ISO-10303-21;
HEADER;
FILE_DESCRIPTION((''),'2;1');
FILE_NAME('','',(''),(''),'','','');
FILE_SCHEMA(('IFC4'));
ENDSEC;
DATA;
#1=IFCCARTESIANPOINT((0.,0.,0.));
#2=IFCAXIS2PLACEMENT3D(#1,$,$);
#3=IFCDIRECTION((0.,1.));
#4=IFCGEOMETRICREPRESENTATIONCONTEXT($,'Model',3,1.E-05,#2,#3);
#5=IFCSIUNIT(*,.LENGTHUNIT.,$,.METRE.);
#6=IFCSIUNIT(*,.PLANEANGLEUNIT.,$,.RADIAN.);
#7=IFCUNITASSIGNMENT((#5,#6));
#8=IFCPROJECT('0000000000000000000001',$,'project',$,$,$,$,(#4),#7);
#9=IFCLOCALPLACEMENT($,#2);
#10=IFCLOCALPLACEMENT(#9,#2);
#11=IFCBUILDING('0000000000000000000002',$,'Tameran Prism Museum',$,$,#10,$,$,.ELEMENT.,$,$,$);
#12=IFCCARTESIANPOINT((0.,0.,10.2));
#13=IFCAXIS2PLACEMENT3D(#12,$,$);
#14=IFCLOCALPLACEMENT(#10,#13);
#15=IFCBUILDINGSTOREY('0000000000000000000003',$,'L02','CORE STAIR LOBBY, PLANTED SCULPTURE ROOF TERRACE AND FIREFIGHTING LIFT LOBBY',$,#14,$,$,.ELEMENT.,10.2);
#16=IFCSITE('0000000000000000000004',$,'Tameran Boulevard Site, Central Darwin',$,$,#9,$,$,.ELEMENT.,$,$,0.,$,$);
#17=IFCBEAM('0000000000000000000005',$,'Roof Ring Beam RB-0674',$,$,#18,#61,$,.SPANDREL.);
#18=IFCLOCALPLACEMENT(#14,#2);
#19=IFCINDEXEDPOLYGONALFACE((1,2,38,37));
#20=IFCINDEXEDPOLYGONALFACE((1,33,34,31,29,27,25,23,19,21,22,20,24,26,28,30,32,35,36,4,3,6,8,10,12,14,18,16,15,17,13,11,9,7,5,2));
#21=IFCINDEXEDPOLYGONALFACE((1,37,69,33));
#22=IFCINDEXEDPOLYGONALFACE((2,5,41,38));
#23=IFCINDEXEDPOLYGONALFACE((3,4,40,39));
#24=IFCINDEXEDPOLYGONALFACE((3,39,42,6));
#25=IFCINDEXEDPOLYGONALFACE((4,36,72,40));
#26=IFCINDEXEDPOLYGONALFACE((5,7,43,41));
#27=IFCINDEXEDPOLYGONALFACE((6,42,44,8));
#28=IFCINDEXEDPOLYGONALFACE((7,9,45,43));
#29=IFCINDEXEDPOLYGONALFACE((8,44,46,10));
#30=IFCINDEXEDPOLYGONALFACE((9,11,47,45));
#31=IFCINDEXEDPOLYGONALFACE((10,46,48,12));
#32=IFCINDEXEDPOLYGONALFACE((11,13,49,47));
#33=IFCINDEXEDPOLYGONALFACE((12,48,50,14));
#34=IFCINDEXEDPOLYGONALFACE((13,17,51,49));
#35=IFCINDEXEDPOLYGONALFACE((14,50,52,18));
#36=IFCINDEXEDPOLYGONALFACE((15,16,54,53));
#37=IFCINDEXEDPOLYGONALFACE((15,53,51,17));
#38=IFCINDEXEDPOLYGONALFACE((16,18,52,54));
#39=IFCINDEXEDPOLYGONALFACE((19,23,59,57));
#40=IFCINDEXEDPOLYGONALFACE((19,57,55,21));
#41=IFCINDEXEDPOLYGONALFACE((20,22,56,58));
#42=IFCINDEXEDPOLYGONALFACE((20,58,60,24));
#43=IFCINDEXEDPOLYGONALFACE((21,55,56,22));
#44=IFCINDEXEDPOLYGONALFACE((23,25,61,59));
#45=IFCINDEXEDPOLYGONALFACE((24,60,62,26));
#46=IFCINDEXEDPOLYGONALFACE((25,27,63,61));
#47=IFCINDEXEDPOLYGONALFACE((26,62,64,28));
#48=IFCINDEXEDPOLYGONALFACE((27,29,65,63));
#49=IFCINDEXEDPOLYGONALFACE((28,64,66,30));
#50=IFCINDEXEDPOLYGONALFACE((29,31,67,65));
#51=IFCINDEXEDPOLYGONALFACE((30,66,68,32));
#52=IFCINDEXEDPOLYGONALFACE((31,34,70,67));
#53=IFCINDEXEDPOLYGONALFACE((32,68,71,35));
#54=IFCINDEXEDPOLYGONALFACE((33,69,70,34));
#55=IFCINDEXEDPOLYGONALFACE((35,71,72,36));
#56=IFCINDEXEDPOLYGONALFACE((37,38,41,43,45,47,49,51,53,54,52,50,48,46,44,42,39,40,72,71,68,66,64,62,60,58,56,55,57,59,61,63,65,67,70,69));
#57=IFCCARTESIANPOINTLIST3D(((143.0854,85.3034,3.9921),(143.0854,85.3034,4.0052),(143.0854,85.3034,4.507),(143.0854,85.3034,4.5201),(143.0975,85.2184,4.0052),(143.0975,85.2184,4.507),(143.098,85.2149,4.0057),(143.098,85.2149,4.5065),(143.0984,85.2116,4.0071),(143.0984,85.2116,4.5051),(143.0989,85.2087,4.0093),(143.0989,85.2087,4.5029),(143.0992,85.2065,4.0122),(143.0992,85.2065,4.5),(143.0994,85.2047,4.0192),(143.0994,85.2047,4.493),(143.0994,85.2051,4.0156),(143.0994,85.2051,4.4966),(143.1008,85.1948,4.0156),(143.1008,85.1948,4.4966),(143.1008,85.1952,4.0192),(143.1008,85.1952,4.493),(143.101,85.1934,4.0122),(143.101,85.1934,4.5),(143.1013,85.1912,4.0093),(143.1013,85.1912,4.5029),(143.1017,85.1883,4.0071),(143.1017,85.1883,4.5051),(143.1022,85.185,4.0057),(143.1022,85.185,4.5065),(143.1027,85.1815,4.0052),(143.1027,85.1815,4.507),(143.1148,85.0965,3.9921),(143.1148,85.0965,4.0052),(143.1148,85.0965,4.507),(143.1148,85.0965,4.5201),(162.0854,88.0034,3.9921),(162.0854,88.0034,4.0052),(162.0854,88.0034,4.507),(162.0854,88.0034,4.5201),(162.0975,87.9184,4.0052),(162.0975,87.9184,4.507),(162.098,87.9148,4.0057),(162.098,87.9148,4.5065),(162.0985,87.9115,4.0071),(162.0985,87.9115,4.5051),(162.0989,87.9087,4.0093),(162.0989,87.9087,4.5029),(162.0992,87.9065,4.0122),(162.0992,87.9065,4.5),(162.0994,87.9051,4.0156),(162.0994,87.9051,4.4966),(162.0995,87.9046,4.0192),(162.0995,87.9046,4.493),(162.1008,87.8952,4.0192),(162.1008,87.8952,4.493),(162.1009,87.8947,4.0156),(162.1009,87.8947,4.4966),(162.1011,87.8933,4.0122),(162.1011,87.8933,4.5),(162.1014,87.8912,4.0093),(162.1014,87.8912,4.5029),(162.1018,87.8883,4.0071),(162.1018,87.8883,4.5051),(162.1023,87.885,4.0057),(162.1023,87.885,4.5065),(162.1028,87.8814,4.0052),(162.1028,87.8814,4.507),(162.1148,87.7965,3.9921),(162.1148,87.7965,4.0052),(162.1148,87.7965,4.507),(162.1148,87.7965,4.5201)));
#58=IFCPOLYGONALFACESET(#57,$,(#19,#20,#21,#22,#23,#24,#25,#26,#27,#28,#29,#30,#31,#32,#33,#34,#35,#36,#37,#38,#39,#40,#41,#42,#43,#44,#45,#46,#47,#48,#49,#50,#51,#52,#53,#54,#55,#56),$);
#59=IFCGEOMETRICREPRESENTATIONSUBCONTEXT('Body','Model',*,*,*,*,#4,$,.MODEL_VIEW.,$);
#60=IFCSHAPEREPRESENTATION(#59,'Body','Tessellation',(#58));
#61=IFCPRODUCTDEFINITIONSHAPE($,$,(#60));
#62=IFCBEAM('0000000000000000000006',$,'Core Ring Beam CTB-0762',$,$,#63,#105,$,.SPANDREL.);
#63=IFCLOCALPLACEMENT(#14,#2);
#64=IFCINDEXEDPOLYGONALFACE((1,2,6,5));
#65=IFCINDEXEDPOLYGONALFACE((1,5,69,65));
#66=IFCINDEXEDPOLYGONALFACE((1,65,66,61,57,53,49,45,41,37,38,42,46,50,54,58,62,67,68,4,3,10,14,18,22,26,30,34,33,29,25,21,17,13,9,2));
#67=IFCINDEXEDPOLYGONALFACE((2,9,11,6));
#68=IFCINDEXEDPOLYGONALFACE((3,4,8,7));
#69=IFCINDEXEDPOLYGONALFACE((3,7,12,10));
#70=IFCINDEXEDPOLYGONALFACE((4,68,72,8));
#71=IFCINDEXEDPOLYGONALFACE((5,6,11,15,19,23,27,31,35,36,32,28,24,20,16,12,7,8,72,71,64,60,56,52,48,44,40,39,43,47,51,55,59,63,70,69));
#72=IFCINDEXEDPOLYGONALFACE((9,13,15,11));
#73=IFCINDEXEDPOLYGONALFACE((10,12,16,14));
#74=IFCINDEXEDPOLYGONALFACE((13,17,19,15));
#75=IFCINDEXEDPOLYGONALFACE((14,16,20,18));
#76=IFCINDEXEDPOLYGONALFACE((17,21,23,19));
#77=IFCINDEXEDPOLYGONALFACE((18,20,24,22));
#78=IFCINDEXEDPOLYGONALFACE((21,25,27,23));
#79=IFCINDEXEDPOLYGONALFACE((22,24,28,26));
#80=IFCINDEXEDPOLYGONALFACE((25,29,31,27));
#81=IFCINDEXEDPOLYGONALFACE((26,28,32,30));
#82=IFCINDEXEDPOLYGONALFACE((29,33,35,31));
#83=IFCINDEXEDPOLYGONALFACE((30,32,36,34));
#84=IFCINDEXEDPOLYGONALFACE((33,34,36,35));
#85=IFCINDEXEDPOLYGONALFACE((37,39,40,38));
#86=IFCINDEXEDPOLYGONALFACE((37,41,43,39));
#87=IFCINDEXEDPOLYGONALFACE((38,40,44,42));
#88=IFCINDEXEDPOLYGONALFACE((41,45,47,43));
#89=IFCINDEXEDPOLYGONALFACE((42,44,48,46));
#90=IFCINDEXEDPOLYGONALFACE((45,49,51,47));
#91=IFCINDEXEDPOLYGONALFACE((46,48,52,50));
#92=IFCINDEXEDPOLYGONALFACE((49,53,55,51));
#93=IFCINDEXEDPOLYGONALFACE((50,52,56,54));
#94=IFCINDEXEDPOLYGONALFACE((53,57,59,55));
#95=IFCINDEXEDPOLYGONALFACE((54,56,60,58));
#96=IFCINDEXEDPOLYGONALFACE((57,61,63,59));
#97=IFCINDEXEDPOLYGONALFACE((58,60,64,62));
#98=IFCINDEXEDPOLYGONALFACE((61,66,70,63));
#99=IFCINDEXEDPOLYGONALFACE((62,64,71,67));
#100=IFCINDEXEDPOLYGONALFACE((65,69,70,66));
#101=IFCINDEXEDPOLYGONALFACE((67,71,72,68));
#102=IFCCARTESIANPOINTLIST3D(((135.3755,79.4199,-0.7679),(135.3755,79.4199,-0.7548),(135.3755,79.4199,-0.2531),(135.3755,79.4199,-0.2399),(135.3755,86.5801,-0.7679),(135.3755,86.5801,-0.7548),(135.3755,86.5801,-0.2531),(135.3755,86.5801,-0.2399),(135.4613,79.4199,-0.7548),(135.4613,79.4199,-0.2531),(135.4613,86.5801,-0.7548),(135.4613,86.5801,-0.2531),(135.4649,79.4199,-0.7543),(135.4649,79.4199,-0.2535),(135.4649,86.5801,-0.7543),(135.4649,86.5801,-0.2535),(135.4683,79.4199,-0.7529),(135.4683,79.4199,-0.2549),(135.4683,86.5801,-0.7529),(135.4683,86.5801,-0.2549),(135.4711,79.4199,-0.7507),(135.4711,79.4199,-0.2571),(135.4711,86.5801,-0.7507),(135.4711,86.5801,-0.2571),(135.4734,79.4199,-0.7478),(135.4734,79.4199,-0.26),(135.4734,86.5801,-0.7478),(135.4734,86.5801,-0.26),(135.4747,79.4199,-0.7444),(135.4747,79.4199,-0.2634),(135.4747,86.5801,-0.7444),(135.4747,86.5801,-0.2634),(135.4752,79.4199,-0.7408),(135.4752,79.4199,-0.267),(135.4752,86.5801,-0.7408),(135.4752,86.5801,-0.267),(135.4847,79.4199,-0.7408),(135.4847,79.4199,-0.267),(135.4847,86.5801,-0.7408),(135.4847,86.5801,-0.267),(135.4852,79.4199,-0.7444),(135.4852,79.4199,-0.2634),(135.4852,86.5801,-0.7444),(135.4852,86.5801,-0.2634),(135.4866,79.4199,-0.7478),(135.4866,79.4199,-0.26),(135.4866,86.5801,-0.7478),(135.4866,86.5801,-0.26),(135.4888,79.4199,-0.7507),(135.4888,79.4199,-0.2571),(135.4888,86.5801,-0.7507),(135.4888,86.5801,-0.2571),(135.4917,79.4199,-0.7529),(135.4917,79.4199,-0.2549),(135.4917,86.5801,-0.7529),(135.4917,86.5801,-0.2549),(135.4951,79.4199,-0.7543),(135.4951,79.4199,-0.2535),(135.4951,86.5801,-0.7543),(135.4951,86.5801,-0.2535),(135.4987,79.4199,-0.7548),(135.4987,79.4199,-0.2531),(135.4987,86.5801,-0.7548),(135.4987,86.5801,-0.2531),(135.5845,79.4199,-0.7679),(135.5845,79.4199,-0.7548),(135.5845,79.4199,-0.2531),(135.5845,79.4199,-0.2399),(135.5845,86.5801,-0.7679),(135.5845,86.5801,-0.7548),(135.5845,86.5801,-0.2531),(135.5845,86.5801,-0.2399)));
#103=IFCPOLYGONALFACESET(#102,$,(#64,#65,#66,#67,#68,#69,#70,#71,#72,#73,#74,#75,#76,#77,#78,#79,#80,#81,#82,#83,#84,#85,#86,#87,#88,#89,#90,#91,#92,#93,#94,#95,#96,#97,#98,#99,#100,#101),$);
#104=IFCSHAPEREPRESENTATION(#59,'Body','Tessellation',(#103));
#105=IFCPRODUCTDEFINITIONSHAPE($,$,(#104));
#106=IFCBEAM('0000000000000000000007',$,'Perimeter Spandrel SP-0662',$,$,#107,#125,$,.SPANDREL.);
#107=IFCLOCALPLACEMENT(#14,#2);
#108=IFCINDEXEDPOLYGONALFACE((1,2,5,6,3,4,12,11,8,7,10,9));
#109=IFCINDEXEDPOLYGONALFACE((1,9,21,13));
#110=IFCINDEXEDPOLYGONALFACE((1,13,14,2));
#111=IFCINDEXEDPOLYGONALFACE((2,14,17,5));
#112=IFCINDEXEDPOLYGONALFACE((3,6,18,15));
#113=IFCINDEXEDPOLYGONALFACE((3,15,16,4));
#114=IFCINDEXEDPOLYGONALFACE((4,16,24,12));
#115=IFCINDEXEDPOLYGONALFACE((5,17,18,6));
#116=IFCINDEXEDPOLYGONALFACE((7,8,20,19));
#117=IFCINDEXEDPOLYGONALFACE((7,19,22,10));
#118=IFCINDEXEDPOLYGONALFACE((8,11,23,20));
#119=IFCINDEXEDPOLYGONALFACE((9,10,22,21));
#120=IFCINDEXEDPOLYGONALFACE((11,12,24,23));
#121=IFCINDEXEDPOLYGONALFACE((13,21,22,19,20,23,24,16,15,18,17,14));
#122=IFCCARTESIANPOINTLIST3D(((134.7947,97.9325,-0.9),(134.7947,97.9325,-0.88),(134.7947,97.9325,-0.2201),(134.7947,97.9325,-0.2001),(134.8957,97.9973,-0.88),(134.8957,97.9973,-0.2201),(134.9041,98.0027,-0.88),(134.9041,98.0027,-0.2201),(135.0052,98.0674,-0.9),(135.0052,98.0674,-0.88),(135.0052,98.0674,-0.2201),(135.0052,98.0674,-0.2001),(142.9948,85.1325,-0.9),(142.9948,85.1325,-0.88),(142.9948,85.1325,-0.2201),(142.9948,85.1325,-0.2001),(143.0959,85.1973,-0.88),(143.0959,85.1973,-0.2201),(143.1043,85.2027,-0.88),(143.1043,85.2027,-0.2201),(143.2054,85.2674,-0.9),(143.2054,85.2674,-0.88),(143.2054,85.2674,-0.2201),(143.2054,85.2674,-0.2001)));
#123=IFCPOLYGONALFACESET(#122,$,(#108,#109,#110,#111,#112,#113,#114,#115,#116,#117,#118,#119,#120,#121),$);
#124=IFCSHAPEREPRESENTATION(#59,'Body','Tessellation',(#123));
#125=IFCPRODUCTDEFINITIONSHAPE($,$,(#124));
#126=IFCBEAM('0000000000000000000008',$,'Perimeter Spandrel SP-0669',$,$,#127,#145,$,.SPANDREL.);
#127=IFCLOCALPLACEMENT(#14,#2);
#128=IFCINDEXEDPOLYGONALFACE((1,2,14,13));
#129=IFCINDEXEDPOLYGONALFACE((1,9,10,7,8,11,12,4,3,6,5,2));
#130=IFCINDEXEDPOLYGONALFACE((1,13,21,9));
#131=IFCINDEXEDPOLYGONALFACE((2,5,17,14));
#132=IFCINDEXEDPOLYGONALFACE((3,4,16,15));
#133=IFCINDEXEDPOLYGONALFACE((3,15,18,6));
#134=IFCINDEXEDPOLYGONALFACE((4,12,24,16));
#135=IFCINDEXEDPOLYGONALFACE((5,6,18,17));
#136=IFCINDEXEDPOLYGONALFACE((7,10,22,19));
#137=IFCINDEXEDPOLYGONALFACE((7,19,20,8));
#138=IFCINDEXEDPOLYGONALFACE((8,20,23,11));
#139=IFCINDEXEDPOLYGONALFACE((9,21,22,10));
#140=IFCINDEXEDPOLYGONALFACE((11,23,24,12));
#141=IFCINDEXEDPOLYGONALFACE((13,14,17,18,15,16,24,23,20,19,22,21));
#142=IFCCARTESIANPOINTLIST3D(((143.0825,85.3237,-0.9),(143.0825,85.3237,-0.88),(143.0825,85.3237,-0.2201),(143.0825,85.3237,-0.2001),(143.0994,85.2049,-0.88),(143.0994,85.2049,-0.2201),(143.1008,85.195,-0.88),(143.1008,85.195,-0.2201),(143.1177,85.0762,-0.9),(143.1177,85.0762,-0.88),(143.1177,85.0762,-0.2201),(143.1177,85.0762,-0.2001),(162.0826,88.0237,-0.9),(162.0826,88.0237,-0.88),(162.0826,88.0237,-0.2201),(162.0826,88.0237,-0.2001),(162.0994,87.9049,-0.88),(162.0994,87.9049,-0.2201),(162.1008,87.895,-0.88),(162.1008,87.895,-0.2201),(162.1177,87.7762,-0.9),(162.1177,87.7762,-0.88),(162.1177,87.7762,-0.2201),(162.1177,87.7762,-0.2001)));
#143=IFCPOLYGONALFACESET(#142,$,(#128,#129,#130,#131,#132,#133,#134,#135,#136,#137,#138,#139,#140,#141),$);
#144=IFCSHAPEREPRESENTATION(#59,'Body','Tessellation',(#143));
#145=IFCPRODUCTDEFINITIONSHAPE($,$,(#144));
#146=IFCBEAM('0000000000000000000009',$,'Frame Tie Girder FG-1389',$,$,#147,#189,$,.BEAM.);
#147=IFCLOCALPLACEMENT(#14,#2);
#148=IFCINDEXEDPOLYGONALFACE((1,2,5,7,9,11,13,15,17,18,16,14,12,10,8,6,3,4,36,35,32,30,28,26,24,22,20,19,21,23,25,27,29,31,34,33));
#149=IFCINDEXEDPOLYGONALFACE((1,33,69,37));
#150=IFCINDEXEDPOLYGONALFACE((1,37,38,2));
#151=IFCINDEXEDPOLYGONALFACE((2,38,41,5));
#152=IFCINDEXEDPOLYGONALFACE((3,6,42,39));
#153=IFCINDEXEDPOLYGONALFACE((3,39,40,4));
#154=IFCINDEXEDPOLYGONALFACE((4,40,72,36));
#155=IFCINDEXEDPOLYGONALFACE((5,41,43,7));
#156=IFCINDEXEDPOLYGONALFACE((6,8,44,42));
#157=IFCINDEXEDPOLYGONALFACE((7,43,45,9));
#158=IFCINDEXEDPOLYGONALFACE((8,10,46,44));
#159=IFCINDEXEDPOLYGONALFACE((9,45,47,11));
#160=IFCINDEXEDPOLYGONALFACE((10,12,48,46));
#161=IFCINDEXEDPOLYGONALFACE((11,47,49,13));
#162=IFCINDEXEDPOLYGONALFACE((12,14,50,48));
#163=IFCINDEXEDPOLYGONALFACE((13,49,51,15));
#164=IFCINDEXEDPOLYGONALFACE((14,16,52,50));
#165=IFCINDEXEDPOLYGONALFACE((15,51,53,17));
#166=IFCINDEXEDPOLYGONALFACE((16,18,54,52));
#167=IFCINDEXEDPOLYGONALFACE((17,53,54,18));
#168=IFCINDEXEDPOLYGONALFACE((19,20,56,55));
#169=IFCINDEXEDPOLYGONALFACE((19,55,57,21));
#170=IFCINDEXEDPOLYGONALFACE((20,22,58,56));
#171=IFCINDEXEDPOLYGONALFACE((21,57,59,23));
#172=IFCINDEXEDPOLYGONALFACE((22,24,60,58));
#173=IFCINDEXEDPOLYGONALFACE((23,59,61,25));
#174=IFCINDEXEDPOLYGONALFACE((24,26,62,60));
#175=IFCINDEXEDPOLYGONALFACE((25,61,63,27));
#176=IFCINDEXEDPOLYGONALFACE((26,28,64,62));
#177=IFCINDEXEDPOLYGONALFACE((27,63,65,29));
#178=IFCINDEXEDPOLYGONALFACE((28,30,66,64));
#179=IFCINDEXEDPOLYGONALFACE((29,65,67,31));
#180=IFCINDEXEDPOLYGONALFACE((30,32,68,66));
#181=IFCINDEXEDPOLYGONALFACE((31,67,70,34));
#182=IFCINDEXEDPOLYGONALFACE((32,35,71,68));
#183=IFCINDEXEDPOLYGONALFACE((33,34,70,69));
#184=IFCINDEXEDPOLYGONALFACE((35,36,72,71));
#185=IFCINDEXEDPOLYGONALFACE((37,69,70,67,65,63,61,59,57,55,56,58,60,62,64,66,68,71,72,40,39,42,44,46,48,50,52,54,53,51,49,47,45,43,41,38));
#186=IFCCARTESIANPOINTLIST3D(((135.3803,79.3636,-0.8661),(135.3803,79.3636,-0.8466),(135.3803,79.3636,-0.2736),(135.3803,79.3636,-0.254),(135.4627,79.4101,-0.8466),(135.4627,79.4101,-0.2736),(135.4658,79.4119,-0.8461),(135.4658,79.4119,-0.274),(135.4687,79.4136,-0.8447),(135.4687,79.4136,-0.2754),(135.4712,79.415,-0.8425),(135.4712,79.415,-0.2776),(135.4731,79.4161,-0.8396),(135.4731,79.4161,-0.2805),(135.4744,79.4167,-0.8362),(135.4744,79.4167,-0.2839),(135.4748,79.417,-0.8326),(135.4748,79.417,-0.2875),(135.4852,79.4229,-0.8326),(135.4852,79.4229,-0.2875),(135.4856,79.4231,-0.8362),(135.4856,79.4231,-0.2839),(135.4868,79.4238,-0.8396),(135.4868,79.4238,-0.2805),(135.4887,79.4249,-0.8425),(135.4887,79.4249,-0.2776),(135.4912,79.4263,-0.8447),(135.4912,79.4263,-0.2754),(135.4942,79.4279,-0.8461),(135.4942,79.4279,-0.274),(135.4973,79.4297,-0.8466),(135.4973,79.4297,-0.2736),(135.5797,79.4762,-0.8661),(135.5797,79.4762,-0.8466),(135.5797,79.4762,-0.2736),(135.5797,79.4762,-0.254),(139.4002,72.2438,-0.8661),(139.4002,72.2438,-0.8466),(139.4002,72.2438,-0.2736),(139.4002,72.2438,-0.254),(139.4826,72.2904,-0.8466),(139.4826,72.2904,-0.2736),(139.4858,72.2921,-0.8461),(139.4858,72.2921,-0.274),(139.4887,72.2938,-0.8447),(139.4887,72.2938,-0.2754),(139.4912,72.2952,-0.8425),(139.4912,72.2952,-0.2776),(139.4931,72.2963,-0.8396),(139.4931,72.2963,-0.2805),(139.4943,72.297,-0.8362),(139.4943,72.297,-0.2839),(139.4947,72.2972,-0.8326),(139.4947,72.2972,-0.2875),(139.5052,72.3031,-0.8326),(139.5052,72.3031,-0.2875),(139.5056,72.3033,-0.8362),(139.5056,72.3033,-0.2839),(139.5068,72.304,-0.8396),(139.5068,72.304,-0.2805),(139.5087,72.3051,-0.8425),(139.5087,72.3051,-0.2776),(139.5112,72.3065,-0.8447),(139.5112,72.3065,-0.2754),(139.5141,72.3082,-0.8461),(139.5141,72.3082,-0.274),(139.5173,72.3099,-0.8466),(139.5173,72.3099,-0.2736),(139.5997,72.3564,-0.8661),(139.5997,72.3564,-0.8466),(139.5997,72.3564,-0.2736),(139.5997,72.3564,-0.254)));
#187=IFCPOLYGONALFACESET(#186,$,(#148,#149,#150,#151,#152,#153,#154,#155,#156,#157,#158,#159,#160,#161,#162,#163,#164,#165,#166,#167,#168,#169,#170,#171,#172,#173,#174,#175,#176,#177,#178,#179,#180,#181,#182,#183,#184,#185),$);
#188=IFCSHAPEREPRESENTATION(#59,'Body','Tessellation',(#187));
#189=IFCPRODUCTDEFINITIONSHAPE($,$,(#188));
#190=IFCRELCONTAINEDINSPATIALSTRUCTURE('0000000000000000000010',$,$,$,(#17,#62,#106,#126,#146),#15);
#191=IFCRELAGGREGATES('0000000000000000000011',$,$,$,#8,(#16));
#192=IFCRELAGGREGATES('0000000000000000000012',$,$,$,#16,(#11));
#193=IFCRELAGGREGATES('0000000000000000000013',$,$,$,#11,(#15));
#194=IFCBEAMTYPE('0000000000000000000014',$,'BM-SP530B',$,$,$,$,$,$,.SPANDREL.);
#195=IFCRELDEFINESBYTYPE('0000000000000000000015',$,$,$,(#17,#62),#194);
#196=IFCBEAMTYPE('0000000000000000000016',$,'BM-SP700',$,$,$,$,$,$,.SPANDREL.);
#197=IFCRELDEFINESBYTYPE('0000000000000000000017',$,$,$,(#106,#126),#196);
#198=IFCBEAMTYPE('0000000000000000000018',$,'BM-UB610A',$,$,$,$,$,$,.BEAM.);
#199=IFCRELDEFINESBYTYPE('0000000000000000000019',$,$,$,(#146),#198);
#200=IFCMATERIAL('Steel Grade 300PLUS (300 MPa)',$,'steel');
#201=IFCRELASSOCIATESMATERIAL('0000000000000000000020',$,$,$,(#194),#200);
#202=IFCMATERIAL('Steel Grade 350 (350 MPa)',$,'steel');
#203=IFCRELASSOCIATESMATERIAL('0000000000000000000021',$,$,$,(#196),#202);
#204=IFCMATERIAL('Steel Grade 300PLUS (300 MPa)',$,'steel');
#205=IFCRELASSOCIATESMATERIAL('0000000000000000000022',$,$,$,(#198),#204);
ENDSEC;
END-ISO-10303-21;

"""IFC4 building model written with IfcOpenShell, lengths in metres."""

from ifc_helpers import new_model, si_unit, direction, frame, origin, origin_2d, place, context, subcontext, project, spatial, i_section, extrude, material, material_profile, profile_set, type_object, element, save


model = new_model("IFC4")

# Units and contexts
model_context = context("Model", 3, precision=1e-05, world=origin(), true_north=direction((0.0, 1.0)))
body_context = subcontext(model_context, "Body", "Model", "MODEL_VIEW")
ifc_project = project(units=[si_unit("LENGTHUNIT", "METRE"), si_unit("PLANEANGLEUNIT", "RADIAN")], contexts=[model_context])

# Site, building, storey
site_placement = place(None, origin())
site = spatial("IfcSite", under=ifc_project, at=site_placement, Name="Tameran Boulevard Site, Central Darwin", CompositionType="ELEMENT", RefElevation=0.0)
building_placement = place(site_placement, origin())
building = spatial("IfcBuilding", under=site, at=building_placement, Name="Tameran Prism Museum", CompositionType="ELEMENT")
storey_placement = place(building_placement, frame((0.0, 0.0, 10.2)))
storey = spatial("IfcBuildingStorey", under=building, at=storey_placement, Name="L02", Description="CORE STAIR LOBBY, PLANTED SCULPTURE ROOF TERRACE AND FIREFIGHTING LIFT LOBBY", CompositionType="ELEMENT", Elevation=10.2)

# Beams
ifc_material_1 = material(Name="Steel Grade 300PLUS (300 MPa)", Category="steel")
ifc_material_profile_1 = material_profile(ifc_material_1, i_section(OverallWidth=0.209, OverallDepth=0.5281, WebThickness=0.0095, FlangeThickness=0.0132, FilletRadius=0.0139, at=origin_2d()))
ifc_profile_set_1 = profile_set([ifc_material_profile_1])
beam_type_1 = type_object("IfcBeamType", Name="BM-SP530B", PredefinedType="SPANDREL", material=ifc_profile_set_1)
beam_1_placement = place(storey_placement, frame((143.1001, 85.2, 4.2561), z_axis=(0.990054, 0.140689, 0.0), x_axis=(-0.140689, 0.990054, 0.0)))
element("IfcBeam", 1, at=beam_1_placement, inside=storey, type_object=beam_type_1, Name="Roof Ring Beam RB-0674", PredefinedType="SPANDREL", context=body_context, shape_type="SweptSolid", body=[
    extrude(i_section(OverallWidth=0.209, OverallDepth=0.5281, WebThickness=0.0095, FlangeThickness=0.0132, FilletRadius=0.0139, at=origin_2d()), origin(), (0.0, 0.0, 1.0), 19.1909),
])
beam_2_placement = place(storey_placement, frame((135.48, 79.4199, -0.5039), z_axis=(0.0, 1.0, 0.0), x_axis=(-1.0, 0.0, 0.0)))
element("IfcBeam", 2, at=beam_2_placement, inside=storey, type_object=beam_type_1, Name="Core Ring Beam CTB-0762", PredefinedType="SPANDREL", context=body_context, shape_type="SweptSolid", body=[
    extrude(i_section(OverallWidth=0.209, OverallDepth=0.5281, WebThickness=0.0095, FlangeThickness=0.0132, FilletRadius=0.0139, at=origin_2d()), origin(), (0.0, 0.0, 1.0), 7.1602),
])
ifc_material_2 = material(Name="Steel Grade 350 (350 MPa)", Category="steel")
ifc_material_profile_2 = material_profile(ifc_material_2, i_section(OverallWidth=0.25, OverallDepth=0.7, WebThickness=0.01, FlangeThickness=0.02, at=origin_2d()))
ifc_profile_set_2 = profile_set([ifc_material_profile_2])
beam_type_2 = type_object("IfcBeamType", Name="BM-SP700", PredefinedType="SPANDREL", material=ifc_profile_set_2)
beam_3_placement = place(storey_placement, frame((143.1001, 85.2, -0.55), z_axis=(-0.539435, 0.842027, 0.0), x_axis=(-0.842027, -0.539435, 0.0)))
element("IfcBeam", 3, at=beam_3_placement, inside=storey, type_object=beam_type_2, Name="Perimeter Spandrel SP-0662", PredefinedType="SPANDREL", context=body_context, shape_type="SweptSolid", body=[
    extrude(i_section(OverallWidth=0.25, OverallDepth=0.7, WebThickness=0.01, FlangeThickness=0.02, at=origin_2d()), origin(), (0.0, 0.0, 1.0), 15.2014),
])
beam_4_placement = place(storey_placement, frame((143.1001, 85.2, -0.55), z_axis=(0.990054, 0.140689, 0.0), x_axis=(-0.140689, 0.990054, 0.0)))
element("IfcBeam", 4, at=beam_4_placement, inside=storey, type_object=beam_type_2, Name="Perimeter Spandrel SP-0669", PredefinedType="SPANDREL", context=body_context, shape_type="SweptSolid", body=[
    extrude(i_section(OverallWidth=0.25, OverallDepth=0.7, WebThickness=0.01, FlangeThickness=0.02, at=origin_2d()), origin(), (0.0, 0.0, 1.0), 19.1909),
])
ifc_material_3 = material(Name="Steel Grade 300PLUS (300 MPa)", Category="steel")
ifc_material_profile_3 = material_profile(ifc_material_3, i_section(OverallWidth=0.229, OverallDepth=0.6121, WebThickness=0.012, FlangeThickness=0.0195, FilletRadius=0.0139, at=origin_2d()))
ifc_profile_set_3 = profile_set([ifc_material_profile_3])
beam_type_3 = type_object("IfcBeamType", Name="BM-UB610A", PredefinedType="BEAM", material=ifc_profile_set_3)
beam_5_placement = place(storey_placement, frame((135.48, 79.4199, -0.5601), z_axis=(0.491663, -0.870786, 0.0), x_axis=(0.870786, 0.491663, 0.0)))
element("IfcBeam", 5, at=beam_5_placement, inside=storey, type_object=beam_type_3, Name="Frame Tie Girder FG-1389", PredefinedType="BEAM", context=body_context, shape_type="SweptSolid", body=[
    extrude(i_section(OverallWidth=0.229, OverallDepth=0.6121, WebThickness=0.012, FlangeThickness=0.0195, FilletRadius=0.0139, at=origin_2d()), origin(), (0.0, 0.0, 1.0), 8.1763),
])

save(model, "model.ifc")
